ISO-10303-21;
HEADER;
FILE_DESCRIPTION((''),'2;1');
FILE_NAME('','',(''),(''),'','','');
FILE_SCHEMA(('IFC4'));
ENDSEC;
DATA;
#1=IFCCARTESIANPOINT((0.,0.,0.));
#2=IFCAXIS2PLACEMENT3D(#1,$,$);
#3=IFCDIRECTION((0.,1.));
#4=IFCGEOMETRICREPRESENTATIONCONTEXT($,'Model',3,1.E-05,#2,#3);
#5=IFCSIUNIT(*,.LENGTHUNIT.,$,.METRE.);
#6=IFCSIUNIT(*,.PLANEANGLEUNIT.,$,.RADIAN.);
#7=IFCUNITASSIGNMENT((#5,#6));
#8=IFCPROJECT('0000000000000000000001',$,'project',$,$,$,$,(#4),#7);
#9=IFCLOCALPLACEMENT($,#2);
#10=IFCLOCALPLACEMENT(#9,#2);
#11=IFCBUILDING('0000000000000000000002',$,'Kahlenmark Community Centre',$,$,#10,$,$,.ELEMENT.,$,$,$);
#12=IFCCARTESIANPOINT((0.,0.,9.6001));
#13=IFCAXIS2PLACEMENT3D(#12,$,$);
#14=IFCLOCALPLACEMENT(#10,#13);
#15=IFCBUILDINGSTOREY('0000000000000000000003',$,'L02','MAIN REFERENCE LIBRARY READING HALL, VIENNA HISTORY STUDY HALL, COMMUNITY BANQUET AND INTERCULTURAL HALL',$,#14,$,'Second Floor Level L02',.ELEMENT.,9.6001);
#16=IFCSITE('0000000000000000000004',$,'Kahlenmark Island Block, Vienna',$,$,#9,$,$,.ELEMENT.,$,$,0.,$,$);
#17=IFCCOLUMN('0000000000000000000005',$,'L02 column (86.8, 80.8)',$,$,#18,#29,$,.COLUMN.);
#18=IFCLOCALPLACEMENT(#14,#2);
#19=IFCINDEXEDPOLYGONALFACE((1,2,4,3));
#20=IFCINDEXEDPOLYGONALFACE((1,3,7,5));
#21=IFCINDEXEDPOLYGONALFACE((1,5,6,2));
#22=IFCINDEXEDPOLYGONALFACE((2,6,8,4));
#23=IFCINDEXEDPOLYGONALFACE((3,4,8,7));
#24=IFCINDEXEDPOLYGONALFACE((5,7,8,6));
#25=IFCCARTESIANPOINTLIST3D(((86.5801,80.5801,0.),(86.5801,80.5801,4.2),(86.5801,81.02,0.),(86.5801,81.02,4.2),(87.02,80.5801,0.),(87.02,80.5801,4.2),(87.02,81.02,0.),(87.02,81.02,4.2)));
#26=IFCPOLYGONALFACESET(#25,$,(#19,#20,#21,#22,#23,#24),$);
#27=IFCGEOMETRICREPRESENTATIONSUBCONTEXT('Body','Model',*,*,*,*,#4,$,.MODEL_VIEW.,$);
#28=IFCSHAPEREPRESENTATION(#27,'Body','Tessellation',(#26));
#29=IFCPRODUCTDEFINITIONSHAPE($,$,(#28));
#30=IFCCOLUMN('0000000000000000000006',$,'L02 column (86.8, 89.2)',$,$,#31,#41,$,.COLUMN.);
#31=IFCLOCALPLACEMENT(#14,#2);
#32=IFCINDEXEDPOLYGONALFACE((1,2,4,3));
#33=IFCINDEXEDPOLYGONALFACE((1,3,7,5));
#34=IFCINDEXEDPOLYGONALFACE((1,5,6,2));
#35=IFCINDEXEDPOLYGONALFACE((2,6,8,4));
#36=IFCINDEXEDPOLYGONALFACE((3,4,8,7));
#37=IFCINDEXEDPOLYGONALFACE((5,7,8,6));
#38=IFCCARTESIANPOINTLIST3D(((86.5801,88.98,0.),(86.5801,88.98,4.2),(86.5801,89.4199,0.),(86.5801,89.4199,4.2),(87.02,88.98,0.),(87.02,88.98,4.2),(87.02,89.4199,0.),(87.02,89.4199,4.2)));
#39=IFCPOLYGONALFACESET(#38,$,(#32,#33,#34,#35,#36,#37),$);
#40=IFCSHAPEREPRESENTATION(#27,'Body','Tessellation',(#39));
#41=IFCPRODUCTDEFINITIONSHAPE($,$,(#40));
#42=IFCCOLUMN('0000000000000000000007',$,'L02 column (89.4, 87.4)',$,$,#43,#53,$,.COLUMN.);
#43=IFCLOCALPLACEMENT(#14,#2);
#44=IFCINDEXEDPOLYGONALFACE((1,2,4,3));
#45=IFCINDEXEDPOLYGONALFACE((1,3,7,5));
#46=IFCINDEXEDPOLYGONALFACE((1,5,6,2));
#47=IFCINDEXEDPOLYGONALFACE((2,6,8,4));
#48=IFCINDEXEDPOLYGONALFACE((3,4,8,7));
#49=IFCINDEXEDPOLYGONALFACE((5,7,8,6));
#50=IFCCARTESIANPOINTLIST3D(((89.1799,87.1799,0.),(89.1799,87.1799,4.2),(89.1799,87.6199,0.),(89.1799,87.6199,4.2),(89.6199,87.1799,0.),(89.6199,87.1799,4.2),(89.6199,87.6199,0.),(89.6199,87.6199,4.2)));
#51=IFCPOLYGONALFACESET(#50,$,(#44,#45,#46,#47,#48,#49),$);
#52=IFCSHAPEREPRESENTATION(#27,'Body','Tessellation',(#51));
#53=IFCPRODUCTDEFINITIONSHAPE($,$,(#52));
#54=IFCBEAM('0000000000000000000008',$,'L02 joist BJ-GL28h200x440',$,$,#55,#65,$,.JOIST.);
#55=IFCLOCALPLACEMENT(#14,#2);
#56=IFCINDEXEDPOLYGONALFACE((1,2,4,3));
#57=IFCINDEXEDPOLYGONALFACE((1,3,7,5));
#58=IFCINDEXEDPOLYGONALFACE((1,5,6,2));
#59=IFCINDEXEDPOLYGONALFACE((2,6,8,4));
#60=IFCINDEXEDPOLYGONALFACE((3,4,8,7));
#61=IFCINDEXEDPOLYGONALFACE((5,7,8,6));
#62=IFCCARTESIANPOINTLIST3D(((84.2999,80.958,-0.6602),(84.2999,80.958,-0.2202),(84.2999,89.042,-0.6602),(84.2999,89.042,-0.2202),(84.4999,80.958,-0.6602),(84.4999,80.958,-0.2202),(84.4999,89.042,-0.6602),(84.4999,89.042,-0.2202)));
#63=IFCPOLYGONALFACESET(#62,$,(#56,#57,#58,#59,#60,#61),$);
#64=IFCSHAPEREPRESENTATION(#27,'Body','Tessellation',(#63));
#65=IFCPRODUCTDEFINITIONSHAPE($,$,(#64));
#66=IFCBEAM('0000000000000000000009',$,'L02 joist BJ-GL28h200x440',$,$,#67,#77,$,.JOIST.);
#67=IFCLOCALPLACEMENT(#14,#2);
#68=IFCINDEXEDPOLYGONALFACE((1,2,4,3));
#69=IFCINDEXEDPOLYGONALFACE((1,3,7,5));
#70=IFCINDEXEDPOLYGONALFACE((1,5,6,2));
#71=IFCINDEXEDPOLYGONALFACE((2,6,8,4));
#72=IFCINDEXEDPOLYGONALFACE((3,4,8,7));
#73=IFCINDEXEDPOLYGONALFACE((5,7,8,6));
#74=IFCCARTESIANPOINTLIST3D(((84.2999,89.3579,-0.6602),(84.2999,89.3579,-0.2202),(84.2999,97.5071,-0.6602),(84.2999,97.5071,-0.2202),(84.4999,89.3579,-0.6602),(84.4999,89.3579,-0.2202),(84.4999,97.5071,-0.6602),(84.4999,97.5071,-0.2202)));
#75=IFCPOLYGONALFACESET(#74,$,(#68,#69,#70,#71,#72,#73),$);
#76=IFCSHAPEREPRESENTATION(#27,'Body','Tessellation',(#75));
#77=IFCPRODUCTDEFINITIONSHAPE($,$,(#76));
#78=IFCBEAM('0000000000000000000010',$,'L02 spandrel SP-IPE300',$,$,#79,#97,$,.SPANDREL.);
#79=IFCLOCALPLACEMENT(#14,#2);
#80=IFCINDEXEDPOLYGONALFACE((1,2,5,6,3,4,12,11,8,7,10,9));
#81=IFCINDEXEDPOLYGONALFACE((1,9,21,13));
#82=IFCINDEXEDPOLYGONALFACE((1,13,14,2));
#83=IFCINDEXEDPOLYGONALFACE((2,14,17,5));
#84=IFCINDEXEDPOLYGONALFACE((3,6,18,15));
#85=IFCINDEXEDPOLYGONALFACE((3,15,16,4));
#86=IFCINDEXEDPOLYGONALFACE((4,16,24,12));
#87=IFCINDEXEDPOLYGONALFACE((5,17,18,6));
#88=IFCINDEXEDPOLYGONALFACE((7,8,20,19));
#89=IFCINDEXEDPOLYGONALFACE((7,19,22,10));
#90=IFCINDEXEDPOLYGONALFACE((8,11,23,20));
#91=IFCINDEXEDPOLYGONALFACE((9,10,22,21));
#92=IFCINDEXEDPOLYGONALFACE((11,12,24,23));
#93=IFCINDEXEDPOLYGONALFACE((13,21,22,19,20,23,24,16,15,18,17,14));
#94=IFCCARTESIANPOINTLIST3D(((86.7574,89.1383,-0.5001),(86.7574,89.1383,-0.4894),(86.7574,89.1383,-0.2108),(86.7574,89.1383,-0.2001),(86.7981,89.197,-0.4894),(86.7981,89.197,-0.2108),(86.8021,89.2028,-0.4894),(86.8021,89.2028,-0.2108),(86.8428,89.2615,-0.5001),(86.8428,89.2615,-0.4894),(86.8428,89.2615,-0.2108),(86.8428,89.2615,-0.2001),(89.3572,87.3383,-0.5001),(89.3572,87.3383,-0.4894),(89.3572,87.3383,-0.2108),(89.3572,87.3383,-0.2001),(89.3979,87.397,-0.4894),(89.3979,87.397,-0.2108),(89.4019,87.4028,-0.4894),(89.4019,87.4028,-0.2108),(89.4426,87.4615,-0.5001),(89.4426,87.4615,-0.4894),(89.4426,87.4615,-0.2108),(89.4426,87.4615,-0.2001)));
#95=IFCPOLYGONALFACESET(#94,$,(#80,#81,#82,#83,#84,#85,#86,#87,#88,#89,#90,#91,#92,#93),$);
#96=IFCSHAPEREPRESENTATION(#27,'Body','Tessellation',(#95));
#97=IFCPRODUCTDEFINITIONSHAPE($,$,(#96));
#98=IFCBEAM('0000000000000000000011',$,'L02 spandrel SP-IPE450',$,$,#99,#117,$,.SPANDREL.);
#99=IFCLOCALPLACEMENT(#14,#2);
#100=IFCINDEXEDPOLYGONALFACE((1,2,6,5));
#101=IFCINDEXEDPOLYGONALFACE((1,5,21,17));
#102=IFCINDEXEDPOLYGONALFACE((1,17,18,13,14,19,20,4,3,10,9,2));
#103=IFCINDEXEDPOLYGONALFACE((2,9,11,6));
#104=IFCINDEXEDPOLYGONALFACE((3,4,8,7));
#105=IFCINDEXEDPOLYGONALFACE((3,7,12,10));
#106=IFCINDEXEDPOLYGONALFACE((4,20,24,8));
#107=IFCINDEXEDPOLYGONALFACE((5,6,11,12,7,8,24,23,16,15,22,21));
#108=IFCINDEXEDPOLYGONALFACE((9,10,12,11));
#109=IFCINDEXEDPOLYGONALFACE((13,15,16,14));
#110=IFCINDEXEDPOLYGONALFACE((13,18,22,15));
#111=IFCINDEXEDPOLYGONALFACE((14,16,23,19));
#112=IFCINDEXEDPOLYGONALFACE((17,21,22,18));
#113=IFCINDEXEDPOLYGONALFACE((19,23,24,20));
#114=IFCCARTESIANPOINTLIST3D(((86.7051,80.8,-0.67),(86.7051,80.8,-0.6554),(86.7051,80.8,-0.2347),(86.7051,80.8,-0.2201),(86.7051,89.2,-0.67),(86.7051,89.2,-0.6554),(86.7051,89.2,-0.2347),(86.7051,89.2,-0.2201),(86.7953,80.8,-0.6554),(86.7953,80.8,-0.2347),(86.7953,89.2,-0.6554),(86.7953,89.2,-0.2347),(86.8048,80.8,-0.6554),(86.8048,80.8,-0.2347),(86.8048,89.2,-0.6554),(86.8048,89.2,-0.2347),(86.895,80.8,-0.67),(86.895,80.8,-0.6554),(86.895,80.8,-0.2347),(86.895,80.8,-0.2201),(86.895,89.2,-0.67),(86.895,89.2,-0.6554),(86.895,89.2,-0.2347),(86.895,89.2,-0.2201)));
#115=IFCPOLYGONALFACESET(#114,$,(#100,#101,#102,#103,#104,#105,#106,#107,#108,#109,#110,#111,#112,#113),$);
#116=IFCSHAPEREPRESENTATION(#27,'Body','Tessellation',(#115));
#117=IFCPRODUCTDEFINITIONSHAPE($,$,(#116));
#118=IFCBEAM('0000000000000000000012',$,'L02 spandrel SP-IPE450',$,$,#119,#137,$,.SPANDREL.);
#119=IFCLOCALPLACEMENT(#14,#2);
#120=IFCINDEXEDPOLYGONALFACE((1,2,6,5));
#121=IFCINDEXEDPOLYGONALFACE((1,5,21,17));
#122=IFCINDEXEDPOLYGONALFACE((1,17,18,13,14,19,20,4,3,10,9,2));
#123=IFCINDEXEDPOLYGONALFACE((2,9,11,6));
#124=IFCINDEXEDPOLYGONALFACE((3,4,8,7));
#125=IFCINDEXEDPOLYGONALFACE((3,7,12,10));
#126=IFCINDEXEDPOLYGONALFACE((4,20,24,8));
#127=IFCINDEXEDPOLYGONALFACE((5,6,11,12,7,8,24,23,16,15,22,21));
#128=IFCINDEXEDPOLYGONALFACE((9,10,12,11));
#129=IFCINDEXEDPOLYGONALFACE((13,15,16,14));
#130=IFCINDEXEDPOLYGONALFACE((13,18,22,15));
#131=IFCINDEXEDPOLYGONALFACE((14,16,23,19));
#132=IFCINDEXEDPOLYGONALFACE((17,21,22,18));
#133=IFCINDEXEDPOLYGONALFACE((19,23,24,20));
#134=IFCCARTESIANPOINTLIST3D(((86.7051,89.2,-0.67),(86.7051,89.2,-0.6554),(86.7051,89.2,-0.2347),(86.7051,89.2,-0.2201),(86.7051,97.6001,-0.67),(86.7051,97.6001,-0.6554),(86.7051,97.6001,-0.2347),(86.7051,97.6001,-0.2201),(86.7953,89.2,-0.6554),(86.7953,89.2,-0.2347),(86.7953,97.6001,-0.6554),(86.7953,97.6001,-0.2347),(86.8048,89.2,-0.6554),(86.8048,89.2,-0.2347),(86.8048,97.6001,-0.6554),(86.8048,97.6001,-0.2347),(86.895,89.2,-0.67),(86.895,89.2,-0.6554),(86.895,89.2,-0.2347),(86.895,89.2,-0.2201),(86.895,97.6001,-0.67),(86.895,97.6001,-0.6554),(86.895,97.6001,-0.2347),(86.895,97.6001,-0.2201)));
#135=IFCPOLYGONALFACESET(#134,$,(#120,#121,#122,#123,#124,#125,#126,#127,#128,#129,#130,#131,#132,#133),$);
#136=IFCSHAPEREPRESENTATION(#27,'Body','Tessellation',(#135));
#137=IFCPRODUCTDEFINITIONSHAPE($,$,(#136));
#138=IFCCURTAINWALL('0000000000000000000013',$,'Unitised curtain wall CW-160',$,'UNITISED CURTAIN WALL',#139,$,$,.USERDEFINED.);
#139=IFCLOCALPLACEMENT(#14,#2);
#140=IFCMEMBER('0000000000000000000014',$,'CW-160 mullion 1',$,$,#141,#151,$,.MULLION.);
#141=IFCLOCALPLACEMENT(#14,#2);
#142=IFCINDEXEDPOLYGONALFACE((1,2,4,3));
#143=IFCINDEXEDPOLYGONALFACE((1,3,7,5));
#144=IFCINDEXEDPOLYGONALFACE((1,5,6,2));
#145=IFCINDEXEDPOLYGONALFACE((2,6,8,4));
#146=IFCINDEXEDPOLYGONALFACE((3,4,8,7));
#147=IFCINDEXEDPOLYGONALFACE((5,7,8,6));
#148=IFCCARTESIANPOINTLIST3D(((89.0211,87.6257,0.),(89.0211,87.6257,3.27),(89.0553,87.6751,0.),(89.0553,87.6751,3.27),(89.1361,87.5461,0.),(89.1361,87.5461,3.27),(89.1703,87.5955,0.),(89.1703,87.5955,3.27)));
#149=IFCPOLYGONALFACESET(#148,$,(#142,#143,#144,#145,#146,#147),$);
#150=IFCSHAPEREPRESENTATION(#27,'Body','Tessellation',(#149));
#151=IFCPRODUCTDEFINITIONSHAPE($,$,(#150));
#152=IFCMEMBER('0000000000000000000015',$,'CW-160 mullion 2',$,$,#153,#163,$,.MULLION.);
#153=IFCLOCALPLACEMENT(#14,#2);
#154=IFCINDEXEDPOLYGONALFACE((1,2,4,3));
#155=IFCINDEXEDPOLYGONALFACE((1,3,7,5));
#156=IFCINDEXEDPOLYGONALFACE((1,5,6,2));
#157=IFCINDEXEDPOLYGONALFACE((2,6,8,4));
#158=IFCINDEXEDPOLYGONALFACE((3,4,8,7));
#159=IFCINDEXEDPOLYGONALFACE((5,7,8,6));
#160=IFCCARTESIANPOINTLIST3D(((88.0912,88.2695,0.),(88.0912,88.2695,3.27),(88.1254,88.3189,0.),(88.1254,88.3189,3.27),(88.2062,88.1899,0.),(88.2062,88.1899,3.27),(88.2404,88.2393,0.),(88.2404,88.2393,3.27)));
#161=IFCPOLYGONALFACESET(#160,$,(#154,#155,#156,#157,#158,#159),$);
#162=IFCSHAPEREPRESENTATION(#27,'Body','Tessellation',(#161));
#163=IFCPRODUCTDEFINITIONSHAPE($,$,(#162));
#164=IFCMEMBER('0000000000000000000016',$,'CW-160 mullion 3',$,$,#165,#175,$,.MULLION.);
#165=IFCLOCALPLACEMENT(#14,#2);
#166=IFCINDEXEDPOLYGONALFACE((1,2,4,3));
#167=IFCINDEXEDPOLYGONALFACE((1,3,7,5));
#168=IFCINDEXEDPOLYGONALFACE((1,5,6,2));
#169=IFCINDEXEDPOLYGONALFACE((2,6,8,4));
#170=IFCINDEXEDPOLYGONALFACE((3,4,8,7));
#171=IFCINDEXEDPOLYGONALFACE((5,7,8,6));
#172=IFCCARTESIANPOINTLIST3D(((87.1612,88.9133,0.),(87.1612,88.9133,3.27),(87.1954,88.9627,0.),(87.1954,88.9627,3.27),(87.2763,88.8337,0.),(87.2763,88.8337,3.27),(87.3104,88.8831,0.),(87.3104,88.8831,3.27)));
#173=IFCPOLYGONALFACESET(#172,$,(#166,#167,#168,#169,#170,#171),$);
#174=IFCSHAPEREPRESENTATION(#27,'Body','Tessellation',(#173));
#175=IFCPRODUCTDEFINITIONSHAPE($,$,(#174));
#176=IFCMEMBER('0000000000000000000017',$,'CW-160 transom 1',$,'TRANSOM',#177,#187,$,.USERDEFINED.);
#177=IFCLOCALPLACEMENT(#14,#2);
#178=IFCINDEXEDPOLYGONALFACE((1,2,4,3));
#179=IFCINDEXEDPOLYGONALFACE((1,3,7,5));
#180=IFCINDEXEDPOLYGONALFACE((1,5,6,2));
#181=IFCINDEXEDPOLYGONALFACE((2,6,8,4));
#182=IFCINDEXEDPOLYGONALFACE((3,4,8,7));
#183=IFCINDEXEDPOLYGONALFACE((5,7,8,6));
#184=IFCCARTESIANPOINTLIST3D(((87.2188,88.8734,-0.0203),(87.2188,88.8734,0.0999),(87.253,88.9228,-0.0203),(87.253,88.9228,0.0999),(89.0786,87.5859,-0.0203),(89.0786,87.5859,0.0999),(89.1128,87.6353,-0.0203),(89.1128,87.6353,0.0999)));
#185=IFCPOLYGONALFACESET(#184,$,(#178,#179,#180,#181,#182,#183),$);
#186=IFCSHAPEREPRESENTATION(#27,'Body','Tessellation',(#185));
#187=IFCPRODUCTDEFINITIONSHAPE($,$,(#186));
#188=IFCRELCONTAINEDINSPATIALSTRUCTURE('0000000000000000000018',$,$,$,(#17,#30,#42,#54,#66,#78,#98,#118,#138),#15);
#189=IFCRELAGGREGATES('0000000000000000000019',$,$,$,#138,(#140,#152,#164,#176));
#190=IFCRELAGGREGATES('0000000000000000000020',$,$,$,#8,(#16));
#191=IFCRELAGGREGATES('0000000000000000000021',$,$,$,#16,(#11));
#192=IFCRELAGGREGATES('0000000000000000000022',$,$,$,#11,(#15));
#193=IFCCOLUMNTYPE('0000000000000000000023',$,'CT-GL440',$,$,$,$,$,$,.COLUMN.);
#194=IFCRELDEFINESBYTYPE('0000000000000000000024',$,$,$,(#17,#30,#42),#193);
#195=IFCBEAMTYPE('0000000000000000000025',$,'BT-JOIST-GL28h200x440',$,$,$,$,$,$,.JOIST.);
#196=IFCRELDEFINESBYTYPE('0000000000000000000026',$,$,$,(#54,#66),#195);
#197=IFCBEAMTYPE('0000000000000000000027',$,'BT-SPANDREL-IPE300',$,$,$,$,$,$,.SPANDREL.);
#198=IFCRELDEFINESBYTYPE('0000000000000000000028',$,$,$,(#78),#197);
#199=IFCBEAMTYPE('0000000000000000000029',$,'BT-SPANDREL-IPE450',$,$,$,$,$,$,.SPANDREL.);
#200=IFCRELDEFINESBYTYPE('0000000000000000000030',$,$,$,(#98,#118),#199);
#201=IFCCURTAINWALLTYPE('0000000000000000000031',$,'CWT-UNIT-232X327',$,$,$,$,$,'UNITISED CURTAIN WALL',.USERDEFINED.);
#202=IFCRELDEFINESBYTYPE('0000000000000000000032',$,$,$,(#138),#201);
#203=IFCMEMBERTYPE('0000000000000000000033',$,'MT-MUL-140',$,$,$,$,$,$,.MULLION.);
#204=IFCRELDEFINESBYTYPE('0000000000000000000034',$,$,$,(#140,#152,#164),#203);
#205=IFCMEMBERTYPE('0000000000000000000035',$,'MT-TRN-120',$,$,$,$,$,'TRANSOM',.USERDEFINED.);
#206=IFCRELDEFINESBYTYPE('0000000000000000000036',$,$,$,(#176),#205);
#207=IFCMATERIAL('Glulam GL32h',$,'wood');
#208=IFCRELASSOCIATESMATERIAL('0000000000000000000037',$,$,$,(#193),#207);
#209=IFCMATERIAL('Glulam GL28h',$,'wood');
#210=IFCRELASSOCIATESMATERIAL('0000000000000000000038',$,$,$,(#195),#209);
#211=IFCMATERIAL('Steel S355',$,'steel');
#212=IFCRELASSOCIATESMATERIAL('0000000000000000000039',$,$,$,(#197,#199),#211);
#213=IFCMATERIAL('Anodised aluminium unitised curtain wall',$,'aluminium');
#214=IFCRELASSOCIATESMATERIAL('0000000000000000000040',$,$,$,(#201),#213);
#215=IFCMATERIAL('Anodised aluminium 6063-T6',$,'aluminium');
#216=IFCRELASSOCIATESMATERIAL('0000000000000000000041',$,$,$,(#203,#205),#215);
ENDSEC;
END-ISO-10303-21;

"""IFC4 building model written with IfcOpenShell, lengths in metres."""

from ifc_helpers import new_model, si_unit, direction, frame, origin, origin_2d, place, context, subcontext, project, spatial, rectangle, i_section, extrude, material, material_profile, profile_set, type_object, element, aggregate, save


model = new_model("IFC4")

# Units and contexts
model_context = context("Model", 3, precision=1e-05, world=origin(), true_north=direction((0.0, 1.0)))
body_context = subcontext(model_context, "Body", "Model", "MODEL_VIEW")
ifc_project = project(units=[si_unit("LENGTHUNIT", "METRE"), si_unit("PLANEANGLEUNIT", "RADIAN")], contexts=[model_context])

# Site, building, storey
site_placement = place(None, origin())
site = spatial("IfcSite", under=ifc_project, at=site_placement, Name="Kahlenmark Island Block, Vienna", CompositionType="ELEMENT", RefElevation=0.0)
building_placement = place(site_placement, origin())
building = spatial("IfcBuilding", under=site, at=building_placement, Name="Kahlenmark Community Centre", CompositionType="ELEMENT")
storey_placement = place(building_placement, frame((0.0, 0.0, 9.6001)))
storey = spatial("IfcBuildingStorey", under=building, at=storey_placement, Name="L02", Description="MAIN REFERENCE LIBRARY READING HALL, VIENNA HISTORY STUDY HALL, COMMUNITY BANQUET AND INTERCULTURAL HALL", LongName="Second Floor Level L02", CompositionType="ELEMENT", Elevation=9.6001)

# Columns
ifc_material_1 = material(Name="Glulam GL32h", Category="wood")
ifc_material_profile_1 = material_profile(ifc_material_1, rectangle(XDim=0.4399, YDim=0.4399, at=origin_2d()), Name="GL32h 440x440")
ifc_profile_set_1 = profile_set([ifc_material_profile_1], Name="Glulam GL32h")
column_type = type_object("IfcColumnType", Name="CT-GL440", PredefinedType="COLUMN", material=ifc_profile_set_1)
for number, where, z_axis, x_axis, name in (
    (1, (86.8, 80.8, 0.0), (0.0, 0.0, 1.0), (1.0, 0.0, 0.0), "L02 column (86.8, 80.8)"),
    (2, (86.8, 89.2, 0.0), (0.0, 0.0, 1.0), (1.0, 0.0, 0.0), "L02 column (86.8, 89.2)"),
    (3, (89.3999, 87.3999, 0.0), (0.0, 0.0, 1.0), (1.0, 0.0, 0.0), "L02 column (89.4, 87.4)"),
):
    element("IfcColumn", number, at=place(storey_placement, frame(where, z_axis=z_axis, x_axis=x_axis)), inside=storey, type_object=column_type, Name=name, PredefinedType="COLUMN", context=body_context, shape_type="SweptSolid", body=[
        extrude(rectangle(XDim=0.4399, YDim=0.4399, at=origin_2d()), origin(), (0.0, 0.0, 1.0), 4.2),
    ])

# Beams
ifc_material_2 = material(Name="Glulam GL28h", Category="wood")
ifc_material_profile_2 = material_profile(ifc_material_2, rectangle(XDim=0.2, YDim=0.4399, at=origin_2d()), Name="GL28h 200x440")
ifc_profile_set_2 = profile_set([ifc_material_profile_2], Name="Glulam GL28h")
beam_type_1 = type_object("IfcBeamType", Name="BT-JOIST-GL28h200x440", PredefinedType="JOIST", material=ifc_profile_set_2)
beam_1_placement = place(storey_placement, frame((84.3999, 80.958, -0.4402), z_axis=(0.0, 1.0, 0.0), x_axis=(-1.0, 0.0, 0.0)))
element("IfcBeam", 4, at=beam_1_placement, inside=storey, type_object=beam_type_1, Name="L02 joist BJ-GL28h200x440", PredefinedType="JOIST", context=body_context, shape_type="SweptSolid", body=[
    extrude(rectangle(XDim=0.2, YDim=0.4399, at=origin_2d()), origin(), (0.0, 0.0, 1.0), 8.084),
])
beam_2_placement = place(storey_placement, frame((84.3999, 89.3579, -0.4402), z_axis=(0.0, 1.0, 0.0), x_axis=(-1.0, 0.0, 0.0)))
element("IfcBeam", 5, at=beam_2_placement, inside=storey, type_object=beam_type_1, Name="L02 joist BJ-GL28h200x440", PredefinedType="JOIST", context=body_context, shape_type="SweptSolid", body=[
    extrude(rectangle(XDim=0.2, YDim=0.4399, at=origin_2d()), origin(), (0.0, 0.0, 1.0), 8.1492),
])
ifc_material_3 = material(Name="Steel S355", Category="steel")
ifc_material_profile_3 = material_profile(ifc_material_3, i_section(OverallWidth=0.1499, OverallDepth=0.3, WebThickness=0.0071, FlangeThickness=0.0107, at=origin_2d()), Name="IPE 300")
ifc_profile_set_3 = profile_set([ifc_material_profile_3], Name="Steel S355")
beam_type_2 = type_object("IfcBeamType", Name="BT-SPANDREL-IPE300", PredefinedType="SPANDREL", material=ifc_profile_set_3)
beam_3_placement = place(storey_placement, frame((89.3999, 87.3999, -0.3501), z_axis=(-0.82217, 0.569242, 0.0), x_axis=(-0.569242, -0.82217, 0.0)))
element("IfcBeam", 6, at=beam_3_placement, inside=storey, type_object=beam_type_2, Name="L02 spandrel SP-IPE300", PredefinedType="SPANDREL", context=body_context, shape_type="SweptSolid", body=[
    extrude(i_section(OverallWidth=0.1499, OverallDepth=0.3, WebThickness=0.0071, FlangeThickness=0.0107, at=origin_2d()), origin(), (0.0, 0.0, 1.0), 3.1621),
])
ifc_material_profile_4 = material_profile(ifc_material_3, i_section(OverallWidth=0.1899, OverallDepth=0.45, WebThickness=0.0095, FlangeThickness=0.0146, at=origin_2d()), Name="IPE 450")
ifc_profile_set_4 = profile_set([ifc_material_profile_4], Name="Steel S355")
beam_type_3 = type_object("IfcBeamType", Name="BT-SPANDREL-IPE450", PredefinedType="SPANDREL", material=ifc_profile_set_4)
beam_4_placement = place(storey_placement, frame((86.8, 80.8, -0.4451), z_axis=(0.0, 1.0, 0.0), x_axis=(-1.0, 0.0, 0.0)))
element("IfcBeam", 7, at=beam_4_placement, inside=storey, type_object=beam_type_3, Name="L02 spandrel SP-IPE450", PredefinedType="SPANDREL", context=body_context, shape_type="SweptSolid", body=[
    extrude(i_section(OverallWidth=0.1899, OverallDepth=0.45, WebThickness=0.0095, FlangeThickness=0.0146, at=origin_2d()), origin(), (0.0, 0.0, 1.0), 8.3999),
])
beam_5_placement = place(storey_placement, frame((86.8, 89.2, -0.4451), z_axis=(0.0, 1.0, 0.0), x_axis=(-1.0, 0.0, 0.0)))
element("IfcBeam", 8, at=beam_5_placement, inside=storey, type_object=beam_type_3, Name="L02 spandrel SP-IPE450", PredefinedType="SPANDREL", context=body_context, shape_type="SweptSolid", body=[
    extrude(i_section(OverallWidth=0.1899, OverallDepth=0.45, WebThickness=0.0095, FlangeThickness=0.0146, at=origin_2d()), origin(), (0.0, 0.0, 1.0), 8.4001),
])

# Curtain wall, members
ifc_material_4 = material(Name="Anodised aluminium unitised curtain wall", Category="aluminium")
curtain_wall_type = type_object("IfcCurtainWallType", Name="CWT-UNIT-232X327", ElementType="UNITISED CURTAIN WALL", PredefinedType="USERDEFINED", material=ifc_material_4)
curtain_wall_placement = place(storey_placement, origin())
curtain_wall = element("IfcCurtainWall", 9, at=curtain_wall_placement, inside=storey, type_object=curtain_wall_type, Name="Unitised curtain wall CW-160", ObjectType="UNITISED CURTAIN WALL", PredefinedType="USERDEFINED")
ifc_material_5 = material(Name="Anodised aluminium 6063-T6", Category="aluminium")
ifc_material_profile_5 = material_profile(ifc_material_5, rectangle(XDim=0.0601, YDim=0.1399, at=origin_2d()), Name="ALU MULLION 60x140")
ifc_profile_set_5 = profile_set([ifc_material_profile_5], Name="Anodised aluminium 6063-T6")
member_type_1 = type_object("IfcMemberType", Name="MT-MUL-140", PredefinedType="MULLION", material=ifc_profile_set_5)
member_1_placement = place(storey_placement, frame((89.0957, 87.6106, 0.0), z_axis=(0.0, 0.0, 1.0), x_axis=(-0.569212, -0.822191, 0.0)))
member_1 = element("IfcMember", 10, at=member_1_placement, type_object=member_type_1, Name="CW-160 mullion 1", PredefinedType="MULLION", context=body_context, shape_type="SweptSolid", body=[
    extrude(rectangle(XDim=0.0601, YDim=0.1399, at=origin_2d()), origin(), (0.0, 0.0, 1.0), 3.27),
])
member_2_placement = place(storey_placement, frame((88.1658, 88.2544, 0.0), z_axis=(0.0, 0.0, 1.0), x_axis=(-0.569212, -0.822191, 0.0)))
member_2 = element("IfcMember", 11, at=member_2_placement, type_object=member_type_1, Name="CW-160 mullion 2", PredefinedType="MULLION", context=body_context, shape_type="SweptSolid", body=[
    extrude(rectangle(XDim=0.0601, YDim=0.1399, at=origin_2d()), origin(), (0.0, 0.0, 1.0), 3.27),
])
member_3_placement = place(storey_placement, frame((87.2358, 88.8982, 0.0), z_axis=(0.0, 0.0, 1.0), x_axis=(-0.569212, -0.822191, 0.0)))
member_3 = element("IfcMember", 12, at=member_3_placement, type_object=member_type_1, Name="CW-160 mullion 3", PredefinedType="MULLION", context=body_context, shape_type="SweptSolid", body=[
    extrude(rectangle(XDim=0.0601, YDim=0.1399, at=origin_2d()), origin(), (0.0, 0.0, 1.0), 3.27),
])
ifc_material_profile_6 = material_profile(ifc_material_5, rectangle(XDim=0.0601, YDim=0.1201, at=origin_2d()), Name="ALU TRANSOM 60x120")
ifc_profile_set_6 = profile_set([ifc_material_profile_6], Name="Anodised aluminium 6063-T6")
member_type_2 = type_object("IfcMemberType", Name="MT-TRN-120", ElementType="TRANSOM", PredefinedType="USERDEFINED", material=ifc_profile_set_6)
member_4_placement = place(storey_placement, frame((89.0957, 87.6106, 0.0398), z_axis=(-0.822192, 0.56921, 0.0), x_axis=(-0.56921, -0.822192, 0.0)))
member_4 = element("IfcMember", 13, at=member_4_placement, type_object=member_type_2, Name="CW-160 transom 1", ObjectType="TRANSOM", PredefinedType="USERDEFINED", context=body_context, shape_type="SweptSolid", body=[
    extrude(rectangle(XDim=0.0601, YDim=0.1201, at=origin_2d()), origin(), (0.0, 0.0, 1.0), 2.262),
])
aggregate(curtain_wall, [member_1, member_2, member_3, member_4])

save(model, "model.ifc")
